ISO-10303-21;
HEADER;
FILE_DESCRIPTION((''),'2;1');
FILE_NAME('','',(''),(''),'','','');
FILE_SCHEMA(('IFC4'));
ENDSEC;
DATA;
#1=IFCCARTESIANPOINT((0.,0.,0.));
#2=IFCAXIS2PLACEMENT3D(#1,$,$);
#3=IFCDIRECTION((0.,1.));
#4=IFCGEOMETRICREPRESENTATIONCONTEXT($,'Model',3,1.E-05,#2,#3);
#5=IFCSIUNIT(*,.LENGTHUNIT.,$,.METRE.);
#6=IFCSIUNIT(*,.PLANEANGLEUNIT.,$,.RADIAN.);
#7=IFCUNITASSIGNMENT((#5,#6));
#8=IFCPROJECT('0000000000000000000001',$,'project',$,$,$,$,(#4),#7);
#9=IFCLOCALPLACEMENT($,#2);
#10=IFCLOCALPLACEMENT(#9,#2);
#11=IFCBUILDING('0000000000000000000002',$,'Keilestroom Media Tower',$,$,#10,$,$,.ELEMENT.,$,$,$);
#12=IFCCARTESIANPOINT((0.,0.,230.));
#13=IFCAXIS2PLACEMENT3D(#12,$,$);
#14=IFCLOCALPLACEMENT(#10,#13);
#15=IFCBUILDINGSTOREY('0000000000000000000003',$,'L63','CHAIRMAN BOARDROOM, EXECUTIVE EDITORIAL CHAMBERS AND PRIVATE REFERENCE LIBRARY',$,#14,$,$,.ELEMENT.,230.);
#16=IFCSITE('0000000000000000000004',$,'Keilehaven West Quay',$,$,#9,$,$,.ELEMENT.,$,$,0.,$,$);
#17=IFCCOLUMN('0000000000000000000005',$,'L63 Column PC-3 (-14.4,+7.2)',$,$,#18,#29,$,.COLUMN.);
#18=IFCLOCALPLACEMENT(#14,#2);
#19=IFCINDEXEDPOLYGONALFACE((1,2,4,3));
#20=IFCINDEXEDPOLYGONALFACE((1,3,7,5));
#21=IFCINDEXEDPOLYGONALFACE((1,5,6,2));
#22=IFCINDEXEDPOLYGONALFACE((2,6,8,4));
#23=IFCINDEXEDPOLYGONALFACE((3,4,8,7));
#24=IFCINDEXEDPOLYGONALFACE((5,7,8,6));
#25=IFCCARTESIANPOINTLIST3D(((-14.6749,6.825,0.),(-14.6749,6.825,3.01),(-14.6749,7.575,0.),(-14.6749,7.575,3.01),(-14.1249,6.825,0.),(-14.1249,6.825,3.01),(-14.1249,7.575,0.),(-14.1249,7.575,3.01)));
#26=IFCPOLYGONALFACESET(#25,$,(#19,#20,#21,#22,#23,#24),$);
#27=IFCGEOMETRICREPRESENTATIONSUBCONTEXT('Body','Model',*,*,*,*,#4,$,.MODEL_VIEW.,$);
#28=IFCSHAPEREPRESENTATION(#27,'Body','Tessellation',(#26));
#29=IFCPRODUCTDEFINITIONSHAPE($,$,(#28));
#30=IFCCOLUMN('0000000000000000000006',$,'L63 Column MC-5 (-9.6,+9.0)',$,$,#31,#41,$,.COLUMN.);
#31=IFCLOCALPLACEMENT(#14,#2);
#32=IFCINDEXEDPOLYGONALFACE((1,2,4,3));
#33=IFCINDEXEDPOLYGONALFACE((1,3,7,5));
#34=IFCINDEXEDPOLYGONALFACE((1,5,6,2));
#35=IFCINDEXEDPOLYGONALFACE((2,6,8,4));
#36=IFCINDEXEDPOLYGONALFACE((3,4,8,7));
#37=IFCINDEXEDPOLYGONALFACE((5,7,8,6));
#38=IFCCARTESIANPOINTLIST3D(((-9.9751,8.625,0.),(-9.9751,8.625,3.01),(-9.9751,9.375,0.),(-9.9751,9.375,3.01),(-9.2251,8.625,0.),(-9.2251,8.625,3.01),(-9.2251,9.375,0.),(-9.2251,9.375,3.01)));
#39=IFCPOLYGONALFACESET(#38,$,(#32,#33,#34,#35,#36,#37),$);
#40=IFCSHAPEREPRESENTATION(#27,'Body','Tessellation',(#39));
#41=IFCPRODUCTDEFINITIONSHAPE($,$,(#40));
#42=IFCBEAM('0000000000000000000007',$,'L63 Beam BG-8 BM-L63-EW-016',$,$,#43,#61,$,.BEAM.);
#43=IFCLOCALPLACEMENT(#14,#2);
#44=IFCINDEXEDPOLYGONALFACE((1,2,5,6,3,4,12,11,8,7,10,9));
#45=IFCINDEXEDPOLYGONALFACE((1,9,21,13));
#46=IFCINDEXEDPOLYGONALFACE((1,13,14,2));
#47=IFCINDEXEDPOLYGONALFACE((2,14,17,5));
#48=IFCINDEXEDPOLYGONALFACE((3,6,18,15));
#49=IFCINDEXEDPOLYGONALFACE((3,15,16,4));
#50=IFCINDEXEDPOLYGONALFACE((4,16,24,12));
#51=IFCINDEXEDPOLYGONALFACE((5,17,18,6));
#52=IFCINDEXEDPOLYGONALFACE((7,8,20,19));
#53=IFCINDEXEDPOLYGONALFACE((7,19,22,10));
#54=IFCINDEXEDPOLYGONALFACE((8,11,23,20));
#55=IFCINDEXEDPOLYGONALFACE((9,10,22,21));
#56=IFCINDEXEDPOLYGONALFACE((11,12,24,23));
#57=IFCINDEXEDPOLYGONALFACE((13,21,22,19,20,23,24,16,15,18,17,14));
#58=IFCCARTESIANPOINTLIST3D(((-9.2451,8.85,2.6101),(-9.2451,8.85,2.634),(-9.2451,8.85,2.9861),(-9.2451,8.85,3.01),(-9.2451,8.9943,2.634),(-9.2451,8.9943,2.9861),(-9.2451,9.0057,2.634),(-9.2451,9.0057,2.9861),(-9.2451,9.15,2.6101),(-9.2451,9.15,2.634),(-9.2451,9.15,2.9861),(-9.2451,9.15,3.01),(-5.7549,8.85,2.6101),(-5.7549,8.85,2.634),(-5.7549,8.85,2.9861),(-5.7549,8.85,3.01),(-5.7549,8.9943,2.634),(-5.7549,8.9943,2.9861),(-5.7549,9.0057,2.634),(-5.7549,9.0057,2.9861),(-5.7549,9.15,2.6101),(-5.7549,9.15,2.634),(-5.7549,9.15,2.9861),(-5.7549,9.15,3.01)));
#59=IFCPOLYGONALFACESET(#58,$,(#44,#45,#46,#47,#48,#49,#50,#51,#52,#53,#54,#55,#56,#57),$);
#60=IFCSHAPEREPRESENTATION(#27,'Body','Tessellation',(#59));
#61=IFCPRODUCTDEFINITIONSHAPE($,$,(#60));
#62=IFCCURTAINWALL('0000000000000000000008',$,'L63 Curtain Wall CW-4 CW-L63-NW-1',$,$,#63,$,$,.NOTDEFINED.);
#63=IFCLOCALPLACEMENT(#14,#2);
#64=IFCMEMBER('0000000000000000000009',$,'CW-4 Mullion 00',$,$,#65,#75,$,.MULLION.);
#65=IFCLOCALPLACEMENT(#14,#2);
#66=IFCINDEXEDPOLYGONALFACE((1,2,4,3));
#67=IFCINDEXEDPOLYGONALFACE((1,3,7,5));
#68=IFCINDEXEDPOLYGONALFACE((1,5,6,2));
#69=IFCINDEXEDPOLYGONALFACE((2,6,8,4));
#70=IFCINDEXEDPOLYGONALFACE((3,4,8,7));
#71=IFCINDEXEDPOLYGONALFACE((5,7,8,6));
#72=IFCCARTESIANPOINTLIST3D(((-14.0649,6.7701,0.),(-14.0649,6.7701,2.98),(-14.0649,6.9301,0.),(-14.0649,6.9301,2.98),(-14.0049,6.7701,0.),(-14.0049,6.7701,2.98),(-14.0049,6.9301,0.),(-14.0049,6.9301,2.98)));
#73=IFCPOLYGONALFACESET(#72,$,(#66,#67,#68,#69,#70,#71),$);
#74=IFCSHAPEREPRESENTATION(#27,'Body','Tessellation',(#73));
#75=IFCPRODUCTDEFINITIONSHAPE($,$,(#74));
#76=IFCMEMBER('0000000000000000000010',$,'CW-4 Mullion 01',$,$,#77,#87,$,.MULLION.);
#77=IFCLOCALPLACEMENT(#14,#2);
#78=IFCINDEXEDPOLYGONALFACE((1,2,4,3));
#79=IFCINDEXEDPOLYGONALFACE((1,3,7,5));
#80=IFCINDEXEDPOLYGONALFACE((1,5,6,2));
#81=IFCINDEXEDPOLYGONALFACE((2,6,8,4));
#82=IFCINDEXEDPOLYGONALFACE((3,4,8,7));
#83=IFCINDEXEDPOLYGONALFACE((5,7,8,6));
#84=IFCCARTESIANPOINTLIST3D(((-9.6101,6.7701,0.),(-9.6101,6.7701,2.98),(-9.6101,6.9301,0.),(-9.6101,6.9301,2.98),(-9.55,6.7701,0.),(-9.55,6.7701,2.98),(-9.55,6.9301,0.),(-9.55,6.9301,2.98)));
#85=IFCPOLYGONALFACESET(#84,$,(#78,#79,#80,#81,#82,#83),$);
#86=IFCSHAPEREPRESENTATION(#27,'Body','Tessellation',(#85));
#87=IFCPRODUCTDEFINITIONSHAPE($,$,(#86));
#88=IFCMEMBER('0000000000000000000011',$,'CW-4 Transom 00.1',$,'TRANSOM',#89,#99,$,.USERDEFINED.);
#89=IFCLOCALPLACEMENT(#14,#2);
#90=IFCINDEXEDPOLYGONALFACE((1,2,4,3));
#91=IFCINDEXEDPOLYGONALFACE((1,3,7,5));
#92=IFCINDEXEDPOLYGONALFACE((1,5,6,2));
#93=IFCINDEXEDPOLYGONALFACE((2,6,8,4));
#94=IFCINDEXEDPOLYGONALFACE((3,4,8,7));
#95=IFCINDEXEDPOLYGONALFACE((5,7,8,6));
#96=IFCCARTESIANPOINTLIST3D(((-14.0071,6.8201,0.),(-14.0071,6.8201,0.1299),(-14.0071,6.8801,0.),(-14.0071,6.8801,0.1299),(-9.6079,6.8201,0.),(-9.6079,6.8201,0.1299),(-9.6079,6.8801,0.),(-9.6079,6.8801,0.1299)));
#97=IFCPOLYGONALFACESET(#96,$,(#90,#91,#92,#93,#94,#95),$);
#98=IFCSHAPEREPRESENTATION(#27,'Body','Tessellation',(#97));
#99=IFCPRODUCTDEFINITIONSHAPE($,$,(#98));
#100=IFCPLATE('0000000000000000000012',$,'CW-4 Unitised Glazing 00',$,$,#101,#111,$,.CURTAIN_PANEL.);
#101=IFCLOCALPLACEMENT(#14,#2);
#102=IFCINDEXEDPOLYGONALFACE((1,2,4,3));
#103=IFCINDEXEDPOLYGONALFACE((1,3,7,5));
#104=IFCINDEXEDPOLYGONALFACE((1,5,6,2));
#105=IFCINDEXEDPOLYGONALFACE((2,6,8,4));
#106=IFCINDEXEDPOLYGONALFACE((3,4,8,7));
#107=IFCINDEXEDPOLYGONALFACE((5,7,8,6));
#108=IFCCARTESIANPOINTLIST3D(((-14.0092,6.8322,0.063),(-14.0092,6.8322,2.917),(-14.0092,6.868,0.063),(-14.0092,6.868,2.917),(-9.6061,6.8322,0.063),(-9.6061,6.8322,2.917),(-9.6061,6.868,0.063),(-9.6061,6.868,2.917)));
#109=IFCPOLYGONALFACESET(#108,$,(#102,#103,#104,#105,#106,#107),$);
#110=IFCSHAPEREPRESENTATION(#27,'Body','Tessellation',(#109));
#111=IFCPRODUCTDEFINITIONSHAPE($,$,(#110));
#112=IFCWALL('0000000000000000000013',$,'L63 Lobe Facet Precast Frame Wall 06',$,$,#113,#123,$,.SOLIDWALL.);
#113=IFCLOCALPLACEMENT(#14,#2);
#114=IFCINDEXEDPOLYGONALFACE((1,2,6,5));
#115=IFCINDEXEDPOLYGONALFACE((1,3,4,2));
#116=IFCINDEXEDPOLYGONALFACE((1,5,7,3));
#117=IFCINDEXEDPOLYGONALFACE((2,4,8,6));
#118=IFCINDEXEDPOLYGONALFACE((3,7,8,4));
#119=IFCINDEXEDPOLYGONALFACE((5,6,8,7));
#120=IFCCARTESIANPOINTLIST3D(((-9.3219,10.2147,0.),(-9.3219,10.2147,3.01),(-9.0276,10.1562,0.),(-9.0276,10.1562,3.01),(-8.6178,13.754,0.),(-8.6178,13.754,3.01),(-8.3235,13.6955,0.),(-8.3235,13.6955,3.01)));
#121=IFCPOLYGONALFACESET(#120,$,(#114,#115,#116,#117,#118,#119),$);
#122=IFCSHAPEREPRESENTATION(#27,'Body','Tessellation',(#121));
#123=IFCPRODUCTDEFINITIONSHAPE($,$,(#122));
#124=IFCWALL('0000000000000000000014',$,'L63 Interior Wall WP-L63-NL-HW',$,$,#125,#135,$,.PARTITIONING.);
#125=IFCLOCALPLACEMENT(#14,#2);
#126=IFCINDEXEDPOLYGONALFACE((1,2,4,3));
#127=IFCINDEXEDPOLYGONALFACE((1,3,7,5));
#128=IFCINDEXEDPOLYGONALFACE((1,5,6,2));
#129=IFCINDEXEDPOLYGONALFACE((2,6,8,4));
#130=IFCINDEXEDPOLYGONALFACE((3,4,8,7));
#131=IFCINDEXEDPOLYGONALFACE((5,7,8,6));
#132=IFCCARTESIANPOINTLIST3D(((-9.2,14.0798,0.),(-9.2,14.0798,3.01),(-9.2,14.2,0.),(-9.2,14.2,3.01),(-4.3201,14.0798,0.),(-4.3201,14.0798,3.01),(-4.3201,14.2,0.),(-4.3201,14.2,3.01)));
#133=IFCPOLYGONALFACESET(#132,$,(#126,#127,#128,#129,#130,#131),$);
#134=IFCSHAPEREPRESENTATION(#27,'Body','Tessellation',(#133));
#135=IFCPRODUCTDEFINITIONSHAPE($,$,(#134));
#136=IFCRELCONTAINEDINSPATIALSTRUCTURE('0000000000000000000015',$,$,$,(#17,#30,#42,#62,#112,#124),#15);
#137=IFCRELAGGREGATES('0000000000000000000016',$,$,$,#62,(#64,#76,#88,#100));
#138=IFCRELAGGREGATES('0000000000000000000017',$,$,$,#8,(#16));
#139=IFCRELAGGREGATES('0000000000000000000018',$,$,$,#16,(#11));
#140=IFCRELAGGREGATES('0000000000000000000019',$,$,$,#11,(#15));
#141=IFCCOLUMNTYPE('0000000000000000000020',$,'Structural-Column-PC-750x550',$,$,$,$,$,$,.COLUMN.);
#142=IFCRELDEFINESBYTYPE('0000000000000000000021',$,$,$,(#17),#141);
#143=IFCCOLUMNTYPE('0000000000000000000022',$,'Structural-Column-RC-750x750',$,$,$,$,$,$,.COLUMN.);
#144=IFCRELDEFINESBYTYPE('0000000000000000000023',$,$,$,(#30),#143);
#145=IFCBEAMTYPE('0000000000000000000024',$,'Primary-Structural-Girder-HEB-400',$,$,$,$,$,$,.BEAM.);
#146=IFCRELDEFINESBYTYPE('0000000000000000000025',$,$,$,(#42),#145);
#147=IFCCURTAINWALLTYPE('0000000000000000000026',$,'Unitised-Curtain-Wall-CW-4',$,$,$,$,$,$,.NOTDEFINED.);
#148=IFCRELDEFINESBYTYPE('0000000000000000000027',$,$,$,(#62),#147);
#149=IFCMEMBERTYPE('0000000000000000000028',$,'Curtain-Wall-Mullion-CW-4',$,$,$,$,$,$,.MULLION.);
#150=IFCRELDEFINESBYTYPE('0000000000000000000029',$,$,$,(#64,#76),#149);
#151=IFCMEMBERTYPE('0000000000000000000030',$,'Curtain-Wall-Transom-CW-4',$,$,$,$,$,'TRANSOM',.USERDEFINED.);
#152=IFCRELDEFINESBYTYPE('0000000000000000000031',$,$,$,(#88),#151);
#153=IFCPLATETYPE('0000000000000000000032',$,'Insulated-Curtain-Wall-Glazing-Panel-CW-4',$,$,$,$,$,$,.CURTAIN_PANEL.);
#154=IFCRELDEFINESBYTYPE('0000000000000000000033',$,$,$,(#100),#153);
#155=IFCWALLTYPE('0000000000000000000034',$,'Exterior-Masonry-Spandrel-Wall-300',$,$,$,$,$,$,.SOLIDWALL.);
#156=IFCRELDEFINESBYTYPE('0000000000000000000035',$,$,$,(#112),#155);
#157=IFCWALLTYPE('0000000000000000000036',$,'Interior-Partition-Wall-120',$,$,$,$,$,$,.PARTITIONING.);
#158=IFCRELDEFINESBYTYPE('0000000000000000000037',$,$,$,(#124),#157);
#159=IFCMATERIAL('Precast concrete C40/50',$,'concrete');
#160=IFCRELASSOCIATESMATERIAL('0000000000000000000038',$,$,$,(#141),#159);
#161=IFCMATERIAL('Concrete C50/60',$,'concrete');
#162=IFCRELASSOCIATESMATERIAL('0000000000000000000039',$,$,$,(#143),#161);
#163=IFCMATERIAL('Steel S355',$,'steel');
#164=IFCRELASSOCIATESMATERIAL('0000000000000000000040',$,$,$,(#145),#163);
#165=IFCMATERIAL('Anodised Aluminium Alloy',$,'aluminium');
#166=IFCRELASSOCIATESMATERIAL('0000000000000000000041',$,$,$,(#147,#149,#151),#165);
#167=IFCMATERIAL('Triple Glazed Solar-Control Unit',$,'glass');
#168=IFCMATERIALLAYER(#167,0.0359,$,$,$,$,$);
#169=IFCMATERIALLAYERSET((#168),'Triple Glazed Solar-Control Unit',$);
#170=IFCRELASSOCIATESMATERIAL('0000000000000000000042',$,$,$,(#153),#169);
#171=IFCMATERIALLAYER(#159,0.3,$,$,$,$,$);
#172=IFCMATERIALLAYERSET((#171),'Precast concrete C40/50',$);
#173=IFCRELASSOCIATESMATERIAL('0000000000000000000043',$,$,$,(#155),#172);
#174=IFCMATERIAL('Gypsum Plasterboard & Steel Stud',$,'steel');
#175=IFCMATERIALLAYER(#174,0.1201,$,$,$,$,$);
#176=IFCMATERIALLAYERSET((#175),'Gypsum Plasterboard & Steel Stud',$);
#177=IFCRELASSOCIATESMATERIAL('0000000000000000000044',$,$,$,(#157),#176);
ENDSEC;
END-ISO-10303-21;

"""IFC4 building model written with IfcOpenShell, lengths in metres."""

from ifc_helpers import new_model, si_unit, direction, frame, frame_2d, origin, origin_2d, place, context, subcontext, project, spatial, rectangle, i_section, extrude, source, transform, mapped, material, layer, layer_set, material_profile, profile_set, type_object, element, aggregate, save


model = new_model("IFC4")

# Units and contexts
model_context = context("Model", 3, precision=1e-05, world=origin(), true_north=direction((0.0, 1.0)))
body_context = subcontext(model_context, "Body", "Model", "MODEL_VIEW")
ifc_project = project(units=[si_unit("LENGTHUNIT", "METRE"), si_unit("PLANEANGLEUNIT", "RADIAN")], contexts=[model_context])

# Site, building, storey
site_placement = place(None, origin())
site = spatial("IfcSite", under=ifc_project, at=site_placement, Name="Keilehaven West Quay", CompositionType="ELEMENT", RefElevation=0.0)
building_placement = place(site_placement, origin())
building = spatial("IfcBuilding", under=site, at=building_placement, Name="Keilestroom Media Tower", CompositionType="ELEMENT")
storey_placement = place(building_placement, frame((0.0, 0.0, 230.0)))
storey = spatial("IfcBuildingStorey", under=building, at=storey_placement, Name="L63", Description="CHAIRMAN BOARDROOM, EXECUTIVE EDITORIAL CHAMBERS AND PRIVATE REFERENCE LIBRARY", CompositionType="ELEMENT", Elevation=230.0)

# Columns
ifc_material_1 = material(Name="Precast concrete C40/50", Category="concrete")
ifc_material_profile_1 = material_profile(ifc_material_1, rectangle(XDim=0.55, YDim=0.75, at=origin_2d()), Name="PC 750x550")
ifc_profile_set_1 = profile_set([ifc_material_profile_1], Name="Precast concrete C40/50")
column_type_1 = type_object("IfcColumnType", Name="Structural-Column-PC-750x550", PredefinedType="COLUMN", material=ifc_profile_set_1)
shared_shape_1 = source(origin(), body_context, "Body", "SweptSolid", [
    extrude(rectangle(XDim=0.55, YDim=0.75, at=origin_2d()), origin(), (0.0, 0.0, 1.0), 3.01),
])
column_1_placement = place(storey_placement, frame((-14.3999, 7.2, 0.0), z_axis=(0.0, 0.0, 1.0), x_axis=(1.0, 0.0, 0.0)))
element("IfcColumn", 1, at=column_1_placement, inside=storey, type_object=column_type_1, Name="L63 Column PC-3 (-14.4,+7.2)", PredefinedType="COLUMN", context=body_context, shape_type="MappedRepresentation", body=[
    mapped(shared_shape_1, transform((0.0, 0.0, 0.0), x_axis=(1.0, 0.0, 0.0), y_axis=(0.0, 1.0, 0.0), z_axis=(0.0, 0.0, 1.0), scale=1.0)),
])
ifc_material_2 = material(Name="Concrete C50/60", Category="concrete")
ifc_material_profile_2 = material_profile(ifc_material_2, rectangle(XDim=0.75, YDim=0.75, at=origin_2d()), Name="RC 750x750")
ifc_profile_set_2 = profile_set([ifc_material_profile_2], Name="Concrete C50/60")
column_type_2 = type_object("IfcColumnType", Name="Structural-Column-RC-750x750", PredefinedType="COLUMN", material=ifc_profile_set_2)
shared_shape_2 = source(origin(), body_context, "Body", "SweptSolid", [
    extrude(rectangle(XDim=0.75, YDim=0.75, at=origin_2d()), origin(), (0.0, 0.0, 1.0), 3.01),
])
column_2_placement = place(storey_placement, frame((-9.6001, 9.0, 0.0), z_axis=(0.0, 0.0, 1.0), x_axis=(1.0, 0.0, 0.0)))
element("IfcColumn", 2, at=column_2_placement, inside=storey, type_object=column_type_2, Name="L63 Column MC-5 (-9.6,+9.0)", PredefinedType="COLUMN", context=body_context, shape_type="MappedRepresentation", body=[
    mapped(shared_shape_2, transform((0.0, 0.0, 0.0), x_axis=(1.0, 0.0, 0.0), y_axis=(0.0, 1.0, 0.0), z_axis=(0.0, 0.0, 1.0), scale=1.0)),
])

# Beam
ifc_material_3 = material(Name="Steel S355", Category="steel")
ifc_material_profile_3 = material_profile(ifc_material_3, i_section(OverallWidth=0.3, OverallDepth=0.3999, WebThickness=0.0115, FlangeThickness=0.0239, at=origin_2d()), Name="HEB 400")
ifc_profile_set_3 = profile_set([ifc_material_profile_3], Name="Steel S355")
beam_type = type_object("IfcBeamType", Name="Primary-Structural-Girder-HEB-400", PredefinedType="BEAM", material=ifc_profile_set_3)
shared_shape_3 = source(origin(), body_context, "Body", "SweptSolid", [
    extrude(i_section(OverallWidth=0.3, OverallDepth=0.3999, WebThickness=0.0115, FlangeThickness=0.0239, at=origin_2d()), origin(), (0.0, 0.0, 1.0), 3.4902),
])
beam_placement = place(storey_placement, frame((-9.2451, 9.0, 2.8101), z_axis=(1.0, 0.0, 0.0), x_axis=(0.0, 1.0, 0.0)))
element("IfcBeam", 3, at=beam_placement, inside=storey, type_object=beam_type, Name="L63 Beam BG-8 BM-L63-EW-016", PredefinedType="BEAM", context=body_context, shape_type="MappedRepresentation", body=[
    mapped(shared_shape_3, transform((0.0, 0.0, 0.0), x_axis=(1.0, 0.0, 0.0), y_axis=(0.0, 1.0, 0.0), z_axis=(0.0, 0.0, 1.0), scale=1.0)),
])

# Curtain wall, members, plate
ifc_material_4 = material(Name="Anodised Aluminium Alloy", Category="aluminium")
curtain_wall_type = type_object("IfcCurtainWallType", Name="Unitised-Curtain-Wall-CW-4", PredefinedType="NOTDEFINED", material=ifc_material_4)
curtain_wall_placement = place(storey_placement, origin())
curtain_wall = element("IfcCurtainWall", 4, at=curtain_wall_placement, inside=storey, type_object=curtain_wall_type, Name="L63 Curtain Wall CW-4 CW-L63-NW-1", PredefinedType="NOTDEFINED")
ifc_material_profile_4 = material_profile(ifc_material_4, rectangle(XDim=0.0601, YDim=0.1599, at=origin_2d()), Name="ALU MULLION 60x160")
ifc_profile_set_4 = profile_set([ifc_material_profile_4], Name="Anodised Aluminium Alloy")
member_type_1 = type_object("IfcMemberType", Name="Curtain-Wall-Mullion-CW-4", PredefinedType="MULLION", material=ifc_profile_set_4)
shared_shape_4 = source(origin(), body_context, "Body", "SweptSolid", [
    extrude(rectangle(XDim=0.0601, YDim=0.1599, at=origin_2d()), origin(), (0.0, 0.0, 1.0), 2.98),
])
member_1_placement = place(storey_placement, frame((-14.0349, 6.8501, 0.0), z_axis=(0.0, 0.0, 1.0), x_axis=(1.0, 0.0, 0.0)))
member_1 = element("IfcMember", 5, at=member_1_placement, type_object=member_type_1, Name="CW-4 Mullion 00", PredefinedType="MULLION", context=body_context, shape_type="MappedRepresentation", body=[
    mapped(shared_shape_4, transform((0.0, 0.0, 0.0), x_axis=(1.0, 0.0, 0.0), y_axis=(0.0, 1.0, 0.0), z_axis=(0.0, 0.0, 1.0), scale=1.0)),
])
member_2_placement = place(storey_placement, frame((-9.5801, 6.8501, 0.0), z_axis=(0.0, 0.0, 1.0), x_axis=(1.0, 0.0, 0.0)))
member_2 = element("IfcMember", 6, at=member_2_placement, type_object=member_type_1, Name="CW-4 Mullion 01", PredefinedType="MULLION", context=body_context, shape_type="MappedRepresentation", body=[
    mapped(shared_shape_4, transform((0.0, 0.0, 0.0), x_axis=(1.0, 0.0, 0.0), y_axis=(0.0, 1.0, 0.0), z_axis=(0.0, 0.0, 1.0), scale=1.0)),
])
ifc_material_profile_5 = material_profile(ifc_material_4, rectangle(XDim=0.0601, YDim=0.1299, at=origin_2d()), Name="ALU TRANSOM 60x130")
ifc_profile_set_5 = profile_set([ifc_material_profile_5], Name="Anodised Aluminium Alloy")
member_type_2 = type_object("IfcMemberType", Name="Curtain-Wall-Transom-CW-4", ElementType="TRANSOM", PredefinedType="USERDEFINED", material=ifc_profile_set_5)
shared_shape_5 = source(origin(), body_context, "Body", "SweptSolid", [
    extrude(rectangle(XDim=0.0601, YDim=0.1299, at=origin_2d()), origin(), (0.0, 0.0, 1.0), 4.3992),
])
member_3_placement = place(storey_placement, frame((-14.0071, 6.8501, 0.0649), z_axis=(1.0, 0.0, 0.0), x_axis=(0.0, 1.0, 0.0)))
member_3 = element("IfcMember", 7, at=member_3_placement, type_object=member_type_2, Name="CW-4 Transom 00.1", ObjectType="TRANSOM", PredefinedType="USERDEFINED", context=body_context, shape_type="MappedRepresentation", body=[
    mapped(shared_shape_5, transform((0.0, 0.0, 0.0), x_axis=(1.0, 0.0, 0.0), y_axis=(0.0, 1.0, 0.0), z_axis=(0.0, 0.0, 1.0), scale=1.0)),
])
ifc_material_5 = material(Name="Triple Glazed Solar-Control Unit", Category="glass")
ifc_layer_1 = layer(ifc_material_5, 0.0359)
ifc_layer_set_1 = layer_set([ifc_layer_1], Name="Triple Glazed Solar-Control Unit")
plate_type = type_object("IfcPlateType", Name="Insulated-Curtain-Wall-Glazing-Panel-CW-4", PredefinedType="CURTAIN_PANEL", material=ifc_layer_set_1)
shared_shape_6 = source(origin(), body_context, "Body", "SweptSolid", [
    extrude(rectangle(XDim=4.4031, YDim=0.0359, at=origin_2d()), origin(), (0.0, 0.0, 1.0), 2.854),
])
plate_placement = place(storey_placement, frame((-11.8076, 6.8501, 0.063), z_axis=(0.0, 0.0, 1.0), x_axis=(1.0, 0.0, 0.0)))
plate = element("IfcPlate", 8, at=plate_placement, type_object=plate_type, Name="CW-4 Unitised Glazing 00", PredefinedType="CURTAIN_PANEL", context=body_context, shape_type="MappedRepresentation", body=[
    mapped(shared_shape_6, transform((0.0, 0.0, 0.0), x_axis=(1.0, 0.0, 0.0), y_axis=(0.0, 1.0, 0.0), z_axis=(0.0, 0.0, 1.0), scale=1.0)),
])
aggregate(curtain_wall, [member_1, member_2, member_3, plate])

# Walls
ifc_layer_2 = layer(ifc_material_1, 0.3)
ifc_layer_set_2 = layer_set([ifc_layer_2], Name="Precast concrete C40/50")
wall_type_1 = type_object("IfcWallType", Name="Exterior-Masonry-Spandrel-Wall-300", PredefinedType="SOLIDWALL", material=ifc_layer_set_2)
wall_1_placement = place(storey_placement, frame((-8.4707, 13.7246, 0.0), z_axis=(0.0, 0.0, 1.0), x_axis=(-0.195114, -0.980781, 0.0)))
element("IfcWall", 9, at=wall_1_placement, inside=storey, type_object=wall_type_1, Name="L63 Lobe Facet Precast Frame Wall 06", PredefinedType="SOLIDWALL", context=body_context, shape_type="SweptSolid", body=[
    extrude(rectangle(XDim=3.6086, YDim=0.3, at=frame_2d((1.8042, 0.0))), origin(), (0.0, 0.0, 1.0), 3.01),
])
ifc_material_6 = material(Name="Gypsum Plasterboard & Steel Stud", Category="steel")
ifc_layer_3 = layer(ifc_material_6, 0.1201)
ifc_layer_set_3 = layer_set([ifc_layer_3], Name="Gypsum Plasterboard & Steel Stud")
wall_type_2 = type_object("IfcWallType", Name="Interior-Partition-Wall-120", PredefinedType="PARTITIONING", material=ifc_layer_set_3)
wall_2_placement = place(storey_placement, frame((-9.2, 14.1399, 0.0), z_axis=(0.0, 0.0, 1.0), x_axis=(1.0, 0.0, 0.0)))
element("IfcWall", 10, at=wall_2_placement, inside=storey, type_object=wall_type_2, Name="L63 Interior Wall WP-L63-NL-HW", PredefinedType="PARTITIONING", context=body_context, shape_type="SweptSolid", body=[
    extrude(rectangle(XDim=4.8799, YDim=0.1201, at=frame_2d((2.4399, 0.0))), origin(), (0.0, 0.0, 1.0), 3.01),
])

save(model, "model.ifc")
